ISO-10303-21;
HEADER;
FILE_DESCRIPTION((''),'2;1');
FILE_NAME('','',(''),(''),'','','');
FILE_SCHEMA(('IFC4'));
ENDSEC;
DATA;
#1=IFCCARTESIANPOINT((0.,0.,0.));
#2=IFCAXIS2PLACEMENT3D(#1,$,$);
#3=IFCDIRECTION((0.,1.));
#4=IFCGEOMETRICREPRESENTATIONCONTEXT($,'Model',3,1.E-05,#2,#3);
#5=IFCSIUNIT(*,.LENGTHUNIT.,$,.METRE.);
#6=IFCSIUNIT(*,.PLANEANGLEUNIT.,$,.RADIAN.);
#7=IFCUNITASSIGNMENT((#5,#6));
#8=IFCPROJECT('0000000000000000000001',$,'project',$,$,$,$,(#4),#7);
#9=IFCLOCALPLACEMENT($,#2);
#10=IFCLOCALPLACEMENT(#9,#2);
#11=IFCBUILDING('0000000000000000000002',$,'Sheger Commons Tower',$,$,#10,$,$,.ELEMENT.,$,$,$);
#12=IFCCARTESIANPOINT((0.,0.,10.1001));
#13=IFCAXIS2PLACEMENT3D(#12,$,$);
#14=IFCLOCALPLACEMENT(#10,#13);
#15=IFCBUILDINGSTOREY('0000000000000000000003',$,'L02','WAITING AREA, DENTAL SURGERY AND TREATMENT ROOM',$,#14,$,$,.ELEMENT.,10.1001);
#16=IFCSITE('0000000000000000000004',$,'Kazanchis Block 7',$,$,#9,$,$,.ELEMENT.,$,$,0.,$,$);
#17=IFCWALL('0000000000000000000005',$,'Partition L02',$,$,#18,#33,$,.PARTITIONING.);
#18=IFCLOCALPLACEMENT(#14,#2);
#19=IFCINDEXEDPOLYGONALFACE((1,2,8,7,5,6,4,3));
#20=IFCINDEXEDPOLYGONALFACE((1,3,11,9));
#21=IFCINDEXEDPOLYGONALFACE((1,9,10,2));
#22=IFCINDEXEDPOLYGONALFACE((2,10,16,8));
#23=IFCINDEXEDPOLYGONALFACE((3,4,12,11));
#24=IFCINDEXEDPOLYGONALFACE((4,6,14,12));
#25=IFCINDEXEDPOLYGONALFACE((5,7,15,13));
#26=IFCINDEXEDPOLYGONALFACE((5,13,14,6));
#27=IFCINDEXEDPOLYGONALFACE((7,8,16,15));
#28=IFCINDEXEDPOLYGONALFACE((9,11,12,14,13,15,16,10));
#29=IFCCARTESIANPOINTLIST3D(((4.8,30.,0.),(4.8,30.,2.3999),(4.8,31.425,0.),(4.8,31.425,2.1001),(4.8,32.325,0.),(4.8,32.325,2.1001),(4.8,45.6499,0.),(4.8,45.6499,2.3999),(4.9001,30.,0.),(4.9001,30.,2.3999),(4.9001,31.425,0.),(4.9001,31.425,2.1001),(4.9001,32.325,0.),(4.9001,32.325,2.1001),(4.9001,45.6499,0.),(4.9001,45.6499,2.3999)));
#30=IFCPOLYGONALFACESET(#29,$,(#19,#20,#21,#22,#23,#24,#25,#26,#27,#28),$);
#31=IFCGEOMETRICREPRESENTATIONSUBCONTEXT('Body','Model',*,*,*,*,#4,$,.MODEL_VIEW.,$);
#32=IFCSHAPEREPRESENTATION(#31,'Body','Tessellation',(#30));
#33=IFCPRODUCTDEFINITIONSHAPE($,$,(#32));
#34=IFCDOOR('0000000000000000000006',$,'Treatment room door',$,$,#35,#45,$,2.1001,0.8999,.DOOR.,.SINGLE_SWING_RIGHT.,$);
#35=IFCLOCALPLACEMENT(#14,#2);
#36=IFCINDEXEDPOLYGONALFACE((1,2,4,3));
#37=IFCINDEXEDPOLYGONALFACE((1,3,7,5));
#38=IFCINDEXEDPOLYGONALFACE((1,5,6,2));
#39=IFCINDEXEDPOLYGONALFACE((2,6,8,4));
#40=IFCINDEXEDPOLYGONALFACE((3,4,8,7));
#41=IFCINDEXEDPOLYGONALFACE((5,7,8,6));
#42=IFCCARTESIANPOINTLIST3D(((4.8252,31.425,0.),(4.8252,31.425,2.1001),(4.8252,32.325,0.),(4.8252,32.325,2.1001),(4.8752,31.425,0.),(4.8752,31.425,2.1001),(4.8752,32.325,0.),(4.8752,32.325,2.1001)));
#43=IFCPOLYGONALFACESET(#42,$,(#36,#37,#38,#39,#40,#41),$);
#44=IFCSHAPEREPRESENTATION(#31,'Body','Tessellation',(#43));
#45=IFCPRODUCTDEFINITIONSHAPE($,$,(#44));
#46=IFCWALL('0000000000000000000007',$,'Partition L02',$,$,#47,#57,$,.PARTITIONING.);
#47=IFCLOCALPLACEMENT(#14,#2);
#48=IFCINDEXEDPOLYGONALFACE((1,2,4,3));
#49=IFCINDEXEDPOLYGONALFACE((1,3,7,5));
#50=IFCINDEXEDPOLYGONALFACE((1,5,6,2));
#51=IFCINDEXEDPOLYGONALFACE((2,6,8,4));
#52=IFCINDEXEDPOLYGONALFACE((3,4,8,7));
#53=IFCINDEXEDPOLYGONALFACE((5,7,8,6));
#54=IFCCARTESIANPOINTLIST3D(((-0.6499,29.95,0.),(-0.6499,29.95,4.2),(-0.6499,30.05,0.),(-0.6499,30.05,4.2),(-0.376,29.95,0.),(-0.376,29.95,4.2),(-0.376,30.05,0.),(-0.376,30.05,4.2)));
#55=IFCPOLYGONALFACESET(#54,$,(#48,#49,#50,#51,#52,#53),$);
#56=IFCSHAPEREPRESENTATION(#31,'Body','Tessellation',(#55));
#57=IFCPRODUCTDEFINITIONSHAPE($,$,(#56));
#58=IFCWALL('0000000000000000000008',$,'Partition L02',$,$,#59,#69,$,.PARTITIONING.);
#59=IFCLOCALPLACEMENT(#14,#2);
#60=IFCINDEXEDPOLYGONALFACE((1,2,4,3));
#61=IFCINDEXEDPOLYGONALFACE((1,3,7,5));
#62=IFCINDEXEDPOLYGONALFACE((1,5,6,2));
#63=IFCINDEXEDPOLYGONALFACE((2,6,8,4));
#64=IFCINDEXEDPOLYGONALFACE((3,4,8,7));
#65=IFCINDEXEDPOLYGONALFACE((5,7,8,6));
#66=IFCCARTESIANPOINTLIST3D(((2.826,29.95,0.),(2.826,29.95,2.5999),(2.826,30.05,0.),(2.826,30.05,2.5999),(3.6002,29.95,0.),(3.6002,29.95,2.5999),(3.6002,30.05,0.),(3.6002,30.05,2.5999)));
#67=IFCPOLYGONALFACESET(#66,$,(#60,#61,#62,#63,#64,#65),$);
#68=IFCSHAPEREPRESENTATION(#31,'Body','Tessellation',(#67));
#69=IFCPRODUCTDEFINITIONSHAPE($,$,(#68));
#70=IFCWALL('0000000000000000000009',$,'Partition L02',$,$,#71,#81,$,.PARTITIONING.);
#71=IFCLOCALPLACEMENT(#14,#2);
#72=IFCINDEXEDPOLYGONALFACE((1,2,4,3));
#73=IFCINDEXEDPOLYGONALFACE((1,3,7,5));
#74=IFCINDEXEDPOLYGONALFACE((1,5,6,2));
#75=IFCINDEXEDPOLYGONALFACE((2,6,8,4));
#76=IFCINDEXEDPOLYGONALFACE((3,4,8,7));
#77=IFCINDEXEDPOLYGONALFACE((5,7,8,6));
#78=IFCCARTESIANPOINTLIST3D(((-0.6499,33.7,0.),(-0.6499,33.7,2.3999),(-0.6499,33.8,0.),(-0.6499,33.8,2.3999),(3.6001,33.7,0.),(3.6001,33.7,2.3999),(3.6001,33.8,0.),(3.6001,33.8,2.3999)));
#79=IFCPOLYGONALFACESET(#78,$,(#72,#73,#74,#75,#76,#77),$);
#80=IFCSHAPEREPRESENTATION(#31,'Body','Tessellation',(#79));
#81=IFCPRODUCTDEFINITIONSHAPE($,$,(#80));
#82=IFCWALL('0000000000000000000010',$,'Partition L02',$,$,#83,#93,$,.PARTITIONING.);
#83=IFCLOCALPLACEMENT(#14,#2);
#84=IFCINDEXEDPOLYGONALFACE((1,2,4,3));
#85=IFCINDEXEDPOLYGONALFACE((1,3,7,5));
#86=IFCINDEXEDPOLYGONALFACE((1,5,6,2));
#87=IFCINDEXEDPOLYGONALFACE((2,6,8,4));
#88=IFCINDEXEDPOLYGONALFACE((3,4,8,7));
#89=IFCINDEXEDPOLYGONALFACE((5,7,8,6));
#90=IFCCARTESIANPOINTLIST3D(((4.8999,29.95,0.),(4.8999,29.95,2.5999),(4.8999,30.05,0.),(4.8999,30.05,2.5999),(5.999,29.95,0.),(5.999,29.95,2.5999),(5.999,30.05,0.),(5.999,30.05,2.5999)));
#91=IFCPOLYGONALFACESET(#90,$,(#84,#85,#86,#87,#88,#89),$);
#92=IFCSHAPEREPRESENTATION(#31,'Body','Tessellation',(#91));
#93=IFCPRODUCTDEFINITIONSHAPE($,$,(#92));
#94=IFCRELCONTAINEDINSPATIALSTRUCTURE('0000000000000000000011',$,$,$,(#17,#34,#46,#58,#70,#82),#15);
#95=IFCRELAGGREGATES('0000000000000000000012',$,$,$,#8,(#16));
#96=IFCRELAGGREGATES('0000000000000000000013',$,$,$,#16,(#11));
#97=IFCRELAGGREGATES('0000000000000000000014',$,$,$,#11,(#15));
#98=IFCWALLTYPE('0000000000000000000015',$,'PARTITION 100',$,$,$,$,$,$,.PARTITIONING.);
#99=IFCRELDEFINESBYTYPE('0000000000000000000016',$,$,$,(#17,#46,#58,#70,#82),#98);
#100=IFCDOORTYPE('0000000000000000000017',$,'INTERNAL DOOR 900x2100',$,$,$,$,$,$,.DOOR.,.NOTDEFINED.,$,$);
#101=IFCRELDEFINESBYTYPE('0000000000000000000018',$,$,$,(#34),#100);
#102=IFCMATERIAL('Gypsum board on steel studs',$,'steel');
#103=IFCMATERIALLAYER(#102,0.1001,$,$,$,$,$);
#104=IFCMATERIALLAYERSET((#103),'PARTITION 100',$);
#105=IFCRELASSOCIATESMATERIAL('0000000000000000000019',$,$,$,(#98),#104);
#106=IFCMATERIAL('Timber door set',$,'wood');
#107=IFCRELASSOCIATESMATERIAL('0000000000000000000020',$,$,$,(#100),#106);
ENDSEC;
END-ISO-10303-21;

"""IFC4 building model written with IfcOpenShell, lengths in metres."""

from ifc_helpers import new_model, si_unit, direction, frame, frame_2d, origin, place, context, subcontext, project, spatial, rectangle, extrude, material, layer, layer_set, type_object, element, fill, save


model = new_model("IFC4")

# Units and contexts
model_context = context("Model", 3, precision=1e-05, world=origin(), true_north=direction((0.0, 1.0)))
body_context = subcontext(model_context, "Body", "Model", "MODEL_VIEW")
ifc_project = project(units=[si_unit("LENGTHUNIT", "METRE"), si_unit("PLANEANGLEUNIT", "RADIAN")], contexts=[model_context])

# Site, building, storey
site_placement = place(None, origin())
site = spatial("IfcSite", under=ifc_project, at=site_placement, Name="Kazanchis Block 7", CompositionType="ELEMENT", RefElevation=0.0)
building_placement = place(site_placement, origin())
building = spatial("IfcBuilding", under=site, at=building_placement, Name="Sheger Commons Tower", CompositionType="ELEMENT")
storey_placement = place(building_placement, frame((0.0, 0.0, 10.1001)))
storey = spatial("IfcBuildingStorey", under=building, at=storey_placement, Name="L02", Description="WAITING AREA, DENTAL SURGERY AND TREATMENT ROOM", CompositionType="ELEMENT", Elevation=10.1001)

# Shared definitions
ifc_material_1 = material(Name="Gypsum board on steel studs", Category="steel")
ifc_layer_1 = layer(ifc_material_1, 0.1001)
ifc_layer_set_1 = layer_set([ifc_layer_1], Name="PARTITION 100")
wall_type_1 = type_object("IfcWallType", Name="PARTITION 100", PredefinedType="PARTITIONING", material=ifc_layer_set_1)

# Shared definitions
ifc_material_2 = material(Name="Timber door set", Category="wood")
door_type_1 = type_object("IfcDoorType", Name="INTERNAL DOOR 900x2100", OperationType="NOTDEFINED", PredefinedType="DOOR", material=ifc_material_2)

# Wall, opening, door
wall_1_placement = place(storey_placement, frame((4.8501, 30.0, 0.0), z_axis=(0.0, 0.0, 1.0), x_axis=(0.0, 1.0, 0.0)))
wall_1 = element("IfcWall", 1, at=wall_1_placement, inside=storey, type_object=wall_type_1, Name="Partition L02", PredefinedType="PARTITIONING", context=body_context, shape_type="SweptSolid", body=[
    extrude(rectangle(XDim=15.6499, YDim=0.1001, at=frame_2d((7.825, 0.0))), origin(), (0.0, 0.0, 1.0), 2.3999),
])
opening_1_placement = place(wall_1_placement, frame((1.425, 0.0, 0.0)))
opening_1 = element("IfcOpeningElement", 2, at=opening_1_placement, cuts=wall_1, PredefinedType="OPENING", context=body_context, shape_type="SweptSolid", body=[
    extrude(rectangle(XDim=0.8999, YDim=2.1001, at=frame_2d((0.45, 1.05))), frame((0.0, 0.0601, 0.0), z_axis=(0.0, -1.0, 0.0), x_axis=(1.0, 0.0, 0.0)), (0.0, 0.0, 1.0), 0.1201),
])
door_1_placement = place(opening_1_placement, origin())
door_1 = element("IfcDoor", 3, at=door_1_placement, inside=storey, type_object=door_type_1, Name="Treatment room door", OperationType="SINGLE_SWING_RIGHT", OverallHeight=2.1001, OverallWidth=0.8999, PredefinedType="DOOR", context=body_context, shape_type="SweptSolid", body=[
    extrude(rectangle(XDim=0.8999, YDim=2.1001, at=frame_2d((0.45, 1.05))), frame((0.0, 0.0249, 0.0), z_axis=(0.0, -1.0, 0.0), x_axis=(1.0, 0.0, 0.0)), (0.0, 0.0, 1.0), 0.05),
])
fill(opening_1, door_1)

# Walls
wall_2_placement = place(storey_placement, frame((-0.6499, 30.0, 0.0), z_axis=(0.0, 0.0, 1.0), x_axis=(1.0, 0.0, 0.0)))
element("IfcWall", 4, at=wall_2_placement, inside=storey, type_object=wall_type_1, Name="Partition L02", PredefinedType="PARTITIONING", context=body_context, shape_type="SweptSolid", body=[
    extrude(rectangle(XDim=0.2739, YDim=0.1001, at=frame_2d((0.137, 0.0))), origin(), (0.0, 0.0, 1.0), 4.2),
])
wall_3_placement = place(storey_placement, frame((2.8259, 30.0, 0.0), z_axis=(0.0, 0.0, 1.0), x_axis=(1.0, 0.0, 0.0)))
element("IfcWall", 5, at=wall_3_placement, inside=storey, type_object=wall_type_1, Name="Partition L02", PredefinedType="PARTITIONING", context=body_context, shape_type="SweptSolid", body=[
    extrude(rectangle(XDim=0.7742, YDim=0.1001, at=frame_2d((0.3872, 0.0))), origin(), (0.0, 0.0, 1.0), 2.5999),
])
wall_4_placement = place(storey_placement, frame((-0.6499, 33.75, 0.0), z_axis=(0.0, 0.0, 1.0), x_axis=(1.0, 0.0, 0.0)))
element("IfcWall", 6, at=wall_4_placement, inside=storey, type_object=wall_type_1, Name="Partition L02", PredefinedType="PARTITIONING", context=body_context, shape_type="SweptSolid", body=[
    extrude(rectangle(XDim=4.25, YDim=0.1001, at=frame_2d((2.125, 0.0))), origin(), (0.0, 0.0, 1.0), 2.3999),
])
wall_5_placement = place(storey_placement, frame((4.8999, 30.0, 0.0), z_axis=(0.0, 0.0, 1.0), x_axis=(1.0, 0.0, 0.0)))
element("IfcWall", 7, at=wall_5_placement, inside=storey, type_object=wall_type_1, Name="Partition L02", PredefinedType="PARTITIONING", context=body_context, shape_type="SweptSolid", body=[
    extrude(rectangle(XDim=1.0991, YDim=0.1001, at=frame_2d((0.5496, 0.0))), origin(), (0.0, 0.0, 1.0), 2.5999),
])

save(model, "model.ifc")
